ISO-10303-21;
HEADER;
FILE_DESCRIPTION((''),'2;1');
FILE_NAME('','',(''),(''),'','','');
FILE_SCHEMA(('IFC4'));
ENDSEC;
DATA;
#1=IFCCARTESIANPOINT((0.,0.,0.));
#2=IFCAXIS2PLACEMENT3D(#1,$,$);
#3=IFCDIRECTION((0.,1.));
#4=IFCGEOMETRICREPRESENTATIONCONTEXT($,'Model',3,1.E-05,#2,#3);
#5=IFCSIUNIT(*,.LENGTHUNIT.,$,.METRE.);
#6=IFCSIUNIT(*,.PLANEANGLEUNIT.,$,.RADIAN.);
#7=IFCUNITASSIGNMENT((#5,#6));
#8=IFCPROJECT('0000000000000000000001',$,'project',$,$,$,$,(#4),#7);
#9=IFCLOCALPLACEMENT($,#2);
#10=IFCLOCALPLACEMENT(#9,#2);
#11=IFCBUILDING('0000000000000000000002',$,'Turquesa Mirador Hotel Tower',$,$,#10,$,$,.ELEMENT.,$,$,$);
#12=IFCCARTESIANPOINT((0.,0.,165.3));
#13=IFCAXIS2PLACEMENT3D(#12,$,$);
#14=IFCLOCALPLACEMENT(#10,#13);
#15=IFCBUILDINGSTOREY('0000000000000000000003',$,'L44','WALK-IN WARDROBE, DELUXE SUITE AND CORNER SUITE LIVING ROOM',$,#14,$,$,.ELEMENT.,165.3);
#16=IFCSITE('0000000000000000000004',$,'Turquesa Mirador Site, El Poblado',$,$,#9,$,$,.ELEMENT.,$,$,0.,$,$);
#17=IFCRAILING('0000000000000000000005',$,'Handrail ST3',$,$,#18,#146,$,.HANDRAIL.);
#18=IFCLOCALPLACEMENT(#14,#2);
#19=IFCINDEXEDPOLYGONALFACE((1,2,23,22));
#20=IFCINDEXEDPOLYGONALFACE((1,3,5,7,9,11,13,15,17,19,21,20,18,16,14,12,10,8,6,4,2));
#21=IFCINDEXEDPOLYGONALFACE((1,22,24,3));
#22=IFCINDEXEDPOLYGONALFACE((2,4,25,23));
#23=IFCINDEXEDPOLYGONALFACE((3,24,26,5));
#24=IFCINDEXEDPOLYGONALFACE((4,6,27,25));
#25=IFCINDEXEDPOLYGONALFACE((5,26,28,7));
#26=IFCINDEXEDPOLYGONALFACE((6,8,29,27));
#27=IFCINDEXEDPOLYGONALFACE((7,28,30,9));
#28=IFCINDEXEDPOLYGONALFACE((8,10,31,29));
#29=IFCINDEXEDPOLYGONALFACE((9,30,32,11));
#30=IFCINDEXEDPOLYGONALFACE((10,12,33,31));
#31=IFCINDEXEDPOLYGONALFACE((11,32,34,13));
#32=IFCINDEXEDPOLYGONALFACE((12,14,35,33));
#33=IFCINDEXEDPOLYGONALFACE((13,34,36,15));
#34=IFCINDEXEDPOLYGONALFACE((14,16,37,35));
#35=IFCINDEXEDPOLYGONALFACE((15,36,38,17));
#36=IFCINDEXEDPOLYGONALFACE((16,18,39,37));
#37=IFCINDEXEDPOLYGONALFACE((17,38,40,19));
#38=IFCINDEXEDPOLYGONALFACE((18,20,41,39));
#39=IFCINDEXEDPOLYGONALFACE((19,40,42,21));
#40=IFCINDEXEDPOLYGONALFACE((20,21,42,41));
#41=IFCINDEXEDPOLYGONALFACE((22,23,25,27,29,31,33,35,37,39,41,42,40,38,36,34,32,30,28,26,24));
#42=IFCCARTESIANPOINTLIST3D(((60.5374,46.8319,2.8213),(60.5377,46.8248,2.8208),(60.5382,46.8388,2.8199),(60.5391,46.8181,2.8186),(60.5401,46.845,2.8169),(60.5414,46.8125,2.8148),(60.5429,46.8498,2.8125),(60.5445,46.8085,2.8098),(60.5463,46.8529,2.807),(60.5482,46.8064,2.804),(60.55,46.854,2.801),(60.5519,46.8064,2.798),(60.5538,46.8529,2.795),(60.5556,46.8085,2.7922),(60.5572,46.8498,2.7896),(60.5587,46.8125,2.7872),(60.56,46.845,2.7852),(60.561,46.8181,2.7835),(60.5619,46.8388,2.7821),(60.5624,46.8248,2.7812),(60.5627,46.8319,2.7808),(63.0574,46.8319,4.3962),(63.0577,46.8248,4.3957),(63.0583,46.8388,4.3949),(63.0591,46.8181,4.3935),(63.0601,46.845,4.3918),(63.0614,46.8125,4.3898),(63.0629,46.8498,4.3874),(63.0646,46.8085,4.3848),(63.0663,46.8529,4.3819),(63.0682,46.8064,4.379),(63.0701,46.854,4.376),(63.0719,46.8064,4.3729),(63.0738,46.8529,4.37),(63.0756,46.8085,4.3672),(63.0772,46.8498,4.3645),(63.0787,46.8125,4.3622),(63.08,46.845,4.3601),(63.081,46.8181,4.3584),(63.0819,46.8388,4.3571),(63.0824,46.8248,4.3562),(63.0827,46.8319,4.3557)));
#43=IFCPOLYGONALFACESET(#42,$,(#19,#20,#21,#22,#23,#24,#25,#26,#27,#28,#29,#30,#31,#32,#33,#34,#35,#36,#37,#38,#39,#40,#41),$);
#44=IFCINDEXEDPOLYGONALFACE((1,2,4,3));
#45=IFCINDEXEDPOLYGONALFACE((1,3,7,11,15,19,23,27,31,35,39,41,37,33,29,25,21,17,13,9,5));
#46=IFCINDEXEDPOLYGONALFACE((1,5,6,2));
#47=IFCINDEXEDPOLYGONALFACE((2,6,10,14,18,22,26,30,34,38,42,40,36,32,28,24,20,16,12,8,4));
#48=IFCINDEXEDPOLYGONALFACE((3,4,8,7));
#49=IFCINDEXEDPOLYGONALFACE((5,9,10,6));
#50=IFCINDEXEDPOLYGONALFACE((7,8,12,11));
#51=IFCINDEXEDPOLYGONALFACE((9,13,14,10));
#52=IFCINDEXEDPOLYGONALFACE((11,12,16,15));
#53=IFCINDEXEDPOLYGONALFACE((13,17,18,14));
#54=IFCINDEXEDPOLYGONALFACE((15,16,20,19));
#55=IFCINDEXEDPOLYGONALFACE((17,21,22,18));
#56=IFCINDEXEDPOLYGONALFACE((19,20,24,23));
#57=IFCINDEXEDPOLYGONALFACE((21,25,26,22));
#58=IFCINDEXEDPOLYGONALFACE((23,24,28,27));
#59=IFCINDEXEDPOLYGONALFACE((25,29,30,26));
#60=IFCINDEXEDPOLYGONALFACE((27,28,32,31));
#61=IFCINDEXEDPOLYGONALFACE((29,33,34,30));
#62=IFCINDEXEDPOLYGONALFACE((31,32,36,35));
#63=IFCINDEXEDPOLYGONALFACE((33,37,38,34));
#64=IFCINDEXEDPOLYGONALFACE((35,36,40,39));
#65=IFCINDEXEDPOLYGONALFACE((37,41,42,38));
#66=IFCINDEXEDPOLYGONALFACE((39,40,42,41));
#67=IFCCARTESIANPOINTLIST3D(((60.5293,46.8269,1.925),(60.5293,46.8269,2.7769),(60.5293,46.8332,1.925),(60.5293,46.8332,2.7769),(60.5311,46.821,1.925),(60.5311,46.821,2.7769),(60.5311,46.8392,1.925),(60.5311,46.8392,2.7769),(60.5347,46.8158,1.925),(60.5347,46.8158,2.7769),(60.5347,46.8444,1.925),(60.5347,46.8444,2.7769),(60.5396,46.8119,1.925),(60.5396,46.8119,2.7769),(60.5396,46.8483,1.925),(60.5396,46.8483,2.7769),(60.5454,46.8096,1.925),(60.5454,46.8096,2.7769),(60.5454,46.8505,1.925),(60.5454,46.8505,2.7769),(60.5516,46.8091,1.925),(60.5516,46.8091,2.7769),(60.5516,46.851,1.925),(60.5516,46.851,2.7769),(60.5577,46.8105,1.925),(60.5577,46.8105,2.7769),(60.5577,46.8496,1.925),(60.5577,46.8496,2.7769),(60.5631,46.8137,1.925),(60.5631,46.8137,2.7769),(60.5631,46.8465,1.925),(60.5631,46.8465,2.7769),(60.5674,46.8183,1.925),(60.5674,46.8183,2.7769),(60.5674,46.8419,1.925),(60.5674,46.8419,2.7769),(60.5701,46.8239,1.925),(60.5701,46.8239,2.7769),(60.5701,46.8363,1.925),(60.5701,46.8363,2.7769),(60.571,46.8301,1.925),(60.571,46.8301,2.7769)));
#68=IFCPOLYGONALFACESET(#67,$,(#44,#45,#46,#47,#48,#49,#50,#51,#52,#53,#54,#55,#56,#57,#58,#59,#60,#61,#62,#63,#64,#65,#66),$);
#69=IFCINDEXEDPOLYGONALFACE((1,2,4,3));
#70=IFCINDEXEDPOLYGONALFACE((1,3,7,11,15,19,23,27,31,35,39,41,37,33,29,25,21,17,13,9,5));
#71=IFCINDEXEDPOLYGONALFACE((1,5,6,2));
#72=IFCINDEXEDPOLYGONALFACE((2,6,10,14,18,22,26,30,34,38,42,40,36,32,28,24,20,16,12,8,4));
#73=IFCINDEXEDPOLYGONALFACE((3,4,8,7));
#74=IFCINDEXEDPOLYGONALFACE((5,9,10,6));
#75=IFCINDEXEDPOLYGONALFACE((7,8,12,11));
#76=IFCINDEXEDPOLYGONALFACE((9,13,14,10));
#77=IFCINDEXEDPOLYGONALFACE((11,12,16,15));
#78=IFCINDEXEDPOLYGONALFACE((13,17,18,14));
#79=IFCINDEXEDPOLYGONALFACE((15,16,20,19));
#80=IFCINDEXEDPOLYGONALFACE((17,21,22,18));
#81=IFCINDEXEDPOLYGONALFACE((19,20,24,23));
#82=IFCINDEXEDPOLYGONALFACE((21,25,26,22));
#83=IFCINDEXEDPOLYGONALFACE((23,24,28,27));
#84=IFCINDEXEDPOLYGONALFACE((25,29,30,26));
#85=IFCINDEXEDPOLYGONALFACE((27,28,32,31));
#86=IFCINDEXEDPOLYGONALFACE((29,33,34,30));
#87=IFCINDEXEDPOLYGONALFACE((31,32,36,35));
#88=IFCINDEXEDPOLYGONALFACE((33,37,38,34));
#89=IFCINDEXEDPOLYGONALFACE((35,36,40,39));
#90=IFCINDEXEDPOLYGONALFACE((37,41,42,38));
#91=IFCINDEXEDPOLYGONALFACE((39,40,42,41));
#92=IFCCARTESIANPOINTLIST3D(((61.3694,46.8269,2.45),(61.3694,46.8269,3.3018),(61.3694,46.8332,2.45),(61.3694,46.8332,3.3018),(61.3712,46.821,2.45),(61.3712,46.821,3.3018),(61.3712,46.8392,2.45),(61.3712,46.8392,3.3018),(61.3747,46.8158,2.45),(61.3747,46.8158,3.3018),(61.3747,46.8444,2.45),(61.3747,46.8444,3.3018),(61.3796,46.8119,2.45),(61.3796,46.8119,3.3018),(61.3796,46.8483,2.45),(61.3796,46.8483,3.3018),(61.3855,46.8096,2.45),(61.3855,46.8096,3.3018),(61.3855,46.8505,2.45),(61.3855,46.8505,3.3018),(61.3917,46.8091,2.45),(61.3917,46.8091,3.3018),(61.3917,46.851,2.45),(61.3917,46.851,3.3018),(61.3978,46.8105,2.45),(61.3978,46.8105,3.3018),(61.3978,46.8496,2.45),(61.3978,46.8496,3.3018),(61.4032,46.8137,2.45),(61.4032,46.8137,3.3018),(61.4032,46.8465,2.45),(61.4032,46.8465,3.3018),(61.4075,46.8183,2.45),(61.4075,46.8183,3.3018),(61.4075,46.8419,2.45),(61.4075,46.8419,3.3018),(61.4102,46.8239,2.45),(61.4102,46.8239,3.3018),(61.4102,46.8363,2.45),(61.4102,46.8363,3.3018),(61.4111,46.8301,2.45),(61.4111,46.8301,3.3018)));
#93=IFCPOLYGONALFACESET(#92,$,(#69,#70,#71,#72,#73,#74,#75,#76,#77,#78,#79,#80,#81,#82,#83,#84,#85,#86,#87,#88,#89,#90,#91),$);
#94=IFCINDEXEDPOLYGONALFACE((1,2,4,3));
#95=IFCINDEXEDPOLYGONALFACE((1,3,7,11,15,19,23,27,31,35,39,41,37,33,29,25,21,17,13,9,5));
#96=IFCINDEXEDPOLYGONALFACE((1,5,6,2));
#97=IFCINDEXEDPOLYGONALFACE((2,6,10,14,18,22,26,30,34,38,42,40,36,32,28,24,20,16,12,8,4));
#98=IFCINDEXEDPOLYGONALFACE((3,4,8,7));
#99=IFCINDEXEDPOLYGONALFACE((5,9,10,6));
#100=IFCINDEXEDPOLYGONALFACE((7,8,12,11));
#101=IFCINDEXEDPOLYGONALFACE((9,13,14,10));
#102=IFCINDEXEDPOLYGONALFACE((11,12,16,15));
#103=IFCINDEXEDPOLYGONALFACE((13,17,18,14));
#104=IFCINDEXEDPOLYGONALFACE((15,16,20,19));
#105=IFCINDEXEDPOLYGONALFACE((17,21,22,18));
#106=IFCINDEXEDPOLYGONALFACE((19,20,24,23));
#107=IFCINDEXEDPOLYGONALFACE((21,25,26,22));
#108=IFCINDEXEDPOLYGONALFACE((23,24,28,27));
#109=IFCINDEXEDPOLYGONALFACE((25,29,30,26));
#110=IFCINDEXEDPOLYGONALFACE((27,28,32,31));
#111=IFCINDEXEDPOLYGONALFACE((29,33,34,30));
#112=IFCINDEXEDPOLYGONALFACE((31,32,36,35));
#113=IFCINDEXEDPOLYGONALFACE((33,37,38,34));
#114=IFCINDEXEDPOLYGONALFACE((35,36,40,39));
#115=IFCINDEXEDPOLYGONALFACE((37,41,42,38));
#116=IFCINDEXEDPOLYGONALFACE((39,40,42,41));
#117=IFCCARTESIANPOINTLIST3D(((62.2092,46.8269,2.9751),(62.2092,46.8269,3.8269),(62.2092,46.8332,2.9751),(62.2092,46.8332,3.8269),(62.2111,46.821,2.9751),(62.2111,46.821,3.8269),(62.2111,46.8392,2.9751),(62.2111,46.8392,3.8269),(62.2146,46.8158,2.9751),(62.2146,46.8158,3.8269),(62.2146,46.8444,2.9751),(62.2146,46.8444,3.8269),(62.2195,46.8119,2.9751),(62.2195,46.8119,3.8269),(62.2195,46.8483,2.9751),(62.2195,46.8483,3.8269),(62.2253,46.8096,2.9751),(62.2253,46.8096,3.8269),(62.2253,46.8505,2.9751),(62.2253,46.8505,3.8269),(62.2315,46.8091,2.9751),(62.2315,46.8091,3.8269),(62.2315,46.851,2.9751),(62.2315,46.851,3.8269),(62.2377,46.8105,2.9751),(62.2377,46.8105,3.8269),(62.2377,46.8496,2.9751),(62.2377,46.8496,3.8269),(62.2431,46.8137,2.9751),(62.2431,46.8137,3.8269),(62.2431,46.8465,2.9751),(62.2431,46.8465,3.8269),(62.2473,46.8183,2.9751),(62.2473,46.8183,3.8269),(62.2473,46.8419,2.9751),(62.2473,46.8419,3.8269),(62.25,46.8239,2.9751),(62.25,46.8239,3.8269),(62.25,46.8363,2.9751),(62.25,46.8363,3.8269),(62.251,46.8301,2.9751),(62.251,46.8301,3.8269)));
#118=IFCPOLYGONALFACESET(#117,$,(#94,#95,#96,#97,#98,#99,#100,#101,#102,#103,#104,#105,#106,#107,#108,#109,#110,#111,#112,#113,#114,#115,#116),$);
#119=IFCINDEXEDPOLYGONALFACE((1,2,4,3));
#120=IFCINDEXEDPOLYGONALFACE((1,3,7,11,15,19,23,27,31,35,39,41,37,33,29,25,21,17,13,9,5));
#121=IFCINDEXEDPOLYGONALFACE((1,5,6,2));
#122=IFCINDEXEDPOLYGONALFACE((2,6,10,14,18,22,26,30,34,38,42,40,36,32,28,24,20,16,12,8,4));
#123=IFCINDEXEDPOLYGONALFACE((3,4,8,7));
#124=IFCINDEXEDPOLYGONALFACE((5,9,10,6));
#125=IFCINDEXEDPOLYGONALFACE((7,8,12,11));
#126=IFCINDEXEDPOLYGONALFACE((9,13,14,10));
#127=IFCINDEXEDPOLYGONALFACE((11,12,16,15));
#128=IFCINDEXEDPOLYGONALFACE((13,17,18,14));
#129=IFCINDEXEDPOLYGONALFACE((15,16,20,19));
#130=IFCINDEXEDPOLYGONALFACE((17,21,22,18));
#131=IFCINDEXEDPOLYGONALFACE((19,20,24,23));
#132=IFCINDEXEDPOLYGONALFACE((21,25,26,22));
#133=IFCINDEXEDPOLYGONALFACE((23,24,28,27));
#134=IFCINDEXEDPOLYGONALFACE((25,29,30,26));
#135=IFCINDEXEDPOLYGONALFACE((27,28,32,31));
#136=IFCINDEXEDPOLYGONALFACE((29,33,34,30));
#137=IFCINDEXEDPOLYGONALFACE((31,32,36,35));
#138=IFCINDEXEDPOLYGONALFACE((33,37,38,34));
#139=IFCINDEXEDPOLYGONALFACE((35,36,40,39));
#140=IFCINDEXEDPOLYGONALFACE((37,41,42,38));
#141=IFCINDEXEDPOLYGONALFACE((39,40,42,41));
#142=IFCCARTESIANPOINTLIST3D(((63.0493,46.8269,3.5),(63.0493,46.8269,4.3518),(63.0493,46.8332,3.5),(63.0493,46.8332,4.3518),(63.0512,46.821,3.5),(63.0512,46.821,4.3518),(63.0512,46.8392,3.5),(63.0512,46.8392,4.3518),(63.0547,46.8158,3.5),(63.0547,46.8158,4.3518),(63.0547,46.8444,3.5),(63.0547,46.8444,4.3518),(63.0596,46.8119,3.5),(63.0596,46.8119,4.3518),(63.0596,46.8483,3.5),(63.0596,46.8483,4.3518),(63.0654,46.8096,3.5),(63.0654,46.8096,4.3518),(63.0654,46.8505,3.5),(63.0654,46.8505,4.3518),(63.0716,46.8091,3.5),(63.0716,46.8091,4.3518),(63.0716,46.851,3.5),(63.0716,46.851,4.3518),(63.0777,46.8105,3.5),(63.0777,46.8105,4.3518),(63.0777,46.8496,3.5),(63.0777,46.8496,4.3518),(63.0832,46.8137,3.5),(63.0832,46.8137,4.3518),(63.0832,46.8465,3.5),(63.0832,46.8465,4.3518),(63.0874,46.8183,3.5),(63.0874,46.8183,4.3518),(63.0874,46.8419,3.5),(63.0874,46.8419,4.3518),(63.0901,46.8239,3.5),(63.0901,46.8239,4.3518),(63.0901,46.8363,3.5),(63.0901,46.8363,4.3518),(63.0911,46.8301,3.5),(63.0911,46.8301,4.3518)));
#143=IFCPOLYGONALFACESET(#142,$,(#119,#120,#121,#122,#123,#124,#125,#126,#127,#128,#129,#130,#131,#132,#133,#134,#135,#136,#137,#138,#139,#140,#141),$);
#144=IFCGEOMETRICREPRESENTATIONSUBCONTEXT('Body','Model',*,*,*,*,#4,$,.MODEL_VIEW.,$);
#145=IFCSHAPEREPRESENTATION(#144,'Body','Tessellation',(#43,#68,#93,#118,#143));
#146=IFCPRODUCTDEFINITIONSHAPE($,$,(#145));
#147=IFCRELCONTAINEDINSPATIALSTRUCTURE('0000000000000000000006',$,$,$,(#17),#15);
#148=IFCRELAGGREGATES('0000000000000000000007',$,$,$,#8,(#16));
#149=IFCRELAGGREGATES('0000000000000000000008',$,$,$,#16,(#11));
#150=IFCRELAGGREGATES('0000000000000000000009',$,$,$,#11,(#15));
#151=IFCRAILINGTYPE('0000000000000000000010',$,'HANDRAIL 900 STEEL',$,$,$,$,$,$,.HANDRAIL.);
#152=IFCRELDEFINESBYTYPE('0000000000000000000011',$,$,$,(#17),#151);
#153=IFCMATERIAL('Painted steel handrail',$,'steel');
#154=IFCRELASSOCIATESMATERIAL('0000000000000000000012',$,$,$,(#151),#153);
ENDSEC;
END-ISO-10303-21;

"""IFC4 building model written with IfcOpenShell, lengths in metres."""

from ifc_helpers import new_model, si_unit, direction, frame, origin, origin_2d, place, context, subcontext, project, spatial, circle, extrude, material, type_object, element, save


model = new_model("IFC4")

# Units and contexts
model_context = context("Model", 3, precision=1e-05, world=origin(), true_north=direction((0.0, 1.0)))
body_context = subcontext(model_context, "Body", "Model", "MODEL_VIEW")
ifc_project = project(units=[si_unit("LENGTHUNIT", "METRE"), si_unit("PLANEANGLEUNIT", "RADIAN")], contexts=[model_context])

# Site, building, storey
site_placement = place(None, origin())
site = spatial("IfcSite", under=ifc_project, at=site_placement, Name="Turquesa Mirador Site, El Poblado", CompositionType="ELEMENT", RefElevation=0.0)
building_placement = place(site_placement, origin())
building = spatial("IfcBuilding", under=site, at=building_placement, Name="Turquesa Mirador Hotel Tower", CompositionType="ELEMENT")
storey_placement = place(building_placement, frame((0.0, 0.0, 165.3)))
storey = spatial("IfcBuildingStorey", under=building, at=storey_placement, Name="L44", Description="WALK-IN WARDROBE, DELUXE SUITE AND CORNER SUITE LIVING ROOM", CompositionType="ELEMENT", Elevation=165.3)

# Railing
ifc_material_1 = material(Name="Painted steel handrail", Category="steel")
railing_type = type_object("IfcRailingType", Name="HANDRAIL 900 STEEL", PredefinedType="HANDRAIL", material=ifc_material_1)
railing_1_placement = place(storey_placement, frame((60.55, 46.8301, 1.925)))
element("IfcRailing", 1, at=railing_1_placement, inside=storey, type_object=railing_type, Name="Handrail ST3", PredefinedType="HANDRAIL", context=body_context, shape_type="SweptSolid", body=[
    extrude(circle(Radius=0.0239, at=origin_2d()), frame((0.0, 0.0, 0.876), z_axis=(0.848008, 0.0, 0.529984), x_axis=(0.0, 1.0, 0.0)), (0.0, 0.0, 1.0), 2.9717),
    extrude(circle(Radius=0.021, at=origin_2d()), origin(), (0.0, 0.0, 1.0), 0.8518),
    extrude(circle(Radius=0.021, at=origin_2d()), frame((0.8401, 0.0, 0.5249)), (0.0, 0.0, 1.0), 0.8518),
    extrude(circle(Radius=0.021, at=origin_2d()), frame((1.6799, 0.0, 1.05)), (0.0, 0.0, 1.0), 0.8518),
    extrude(circle(Radius=0.021, at=origin_2d()), frame((2.52, 0.0, 1.575)), (0.0, 0.0, 1.0), 0.8518),
])

save(model, "model.ifc")
